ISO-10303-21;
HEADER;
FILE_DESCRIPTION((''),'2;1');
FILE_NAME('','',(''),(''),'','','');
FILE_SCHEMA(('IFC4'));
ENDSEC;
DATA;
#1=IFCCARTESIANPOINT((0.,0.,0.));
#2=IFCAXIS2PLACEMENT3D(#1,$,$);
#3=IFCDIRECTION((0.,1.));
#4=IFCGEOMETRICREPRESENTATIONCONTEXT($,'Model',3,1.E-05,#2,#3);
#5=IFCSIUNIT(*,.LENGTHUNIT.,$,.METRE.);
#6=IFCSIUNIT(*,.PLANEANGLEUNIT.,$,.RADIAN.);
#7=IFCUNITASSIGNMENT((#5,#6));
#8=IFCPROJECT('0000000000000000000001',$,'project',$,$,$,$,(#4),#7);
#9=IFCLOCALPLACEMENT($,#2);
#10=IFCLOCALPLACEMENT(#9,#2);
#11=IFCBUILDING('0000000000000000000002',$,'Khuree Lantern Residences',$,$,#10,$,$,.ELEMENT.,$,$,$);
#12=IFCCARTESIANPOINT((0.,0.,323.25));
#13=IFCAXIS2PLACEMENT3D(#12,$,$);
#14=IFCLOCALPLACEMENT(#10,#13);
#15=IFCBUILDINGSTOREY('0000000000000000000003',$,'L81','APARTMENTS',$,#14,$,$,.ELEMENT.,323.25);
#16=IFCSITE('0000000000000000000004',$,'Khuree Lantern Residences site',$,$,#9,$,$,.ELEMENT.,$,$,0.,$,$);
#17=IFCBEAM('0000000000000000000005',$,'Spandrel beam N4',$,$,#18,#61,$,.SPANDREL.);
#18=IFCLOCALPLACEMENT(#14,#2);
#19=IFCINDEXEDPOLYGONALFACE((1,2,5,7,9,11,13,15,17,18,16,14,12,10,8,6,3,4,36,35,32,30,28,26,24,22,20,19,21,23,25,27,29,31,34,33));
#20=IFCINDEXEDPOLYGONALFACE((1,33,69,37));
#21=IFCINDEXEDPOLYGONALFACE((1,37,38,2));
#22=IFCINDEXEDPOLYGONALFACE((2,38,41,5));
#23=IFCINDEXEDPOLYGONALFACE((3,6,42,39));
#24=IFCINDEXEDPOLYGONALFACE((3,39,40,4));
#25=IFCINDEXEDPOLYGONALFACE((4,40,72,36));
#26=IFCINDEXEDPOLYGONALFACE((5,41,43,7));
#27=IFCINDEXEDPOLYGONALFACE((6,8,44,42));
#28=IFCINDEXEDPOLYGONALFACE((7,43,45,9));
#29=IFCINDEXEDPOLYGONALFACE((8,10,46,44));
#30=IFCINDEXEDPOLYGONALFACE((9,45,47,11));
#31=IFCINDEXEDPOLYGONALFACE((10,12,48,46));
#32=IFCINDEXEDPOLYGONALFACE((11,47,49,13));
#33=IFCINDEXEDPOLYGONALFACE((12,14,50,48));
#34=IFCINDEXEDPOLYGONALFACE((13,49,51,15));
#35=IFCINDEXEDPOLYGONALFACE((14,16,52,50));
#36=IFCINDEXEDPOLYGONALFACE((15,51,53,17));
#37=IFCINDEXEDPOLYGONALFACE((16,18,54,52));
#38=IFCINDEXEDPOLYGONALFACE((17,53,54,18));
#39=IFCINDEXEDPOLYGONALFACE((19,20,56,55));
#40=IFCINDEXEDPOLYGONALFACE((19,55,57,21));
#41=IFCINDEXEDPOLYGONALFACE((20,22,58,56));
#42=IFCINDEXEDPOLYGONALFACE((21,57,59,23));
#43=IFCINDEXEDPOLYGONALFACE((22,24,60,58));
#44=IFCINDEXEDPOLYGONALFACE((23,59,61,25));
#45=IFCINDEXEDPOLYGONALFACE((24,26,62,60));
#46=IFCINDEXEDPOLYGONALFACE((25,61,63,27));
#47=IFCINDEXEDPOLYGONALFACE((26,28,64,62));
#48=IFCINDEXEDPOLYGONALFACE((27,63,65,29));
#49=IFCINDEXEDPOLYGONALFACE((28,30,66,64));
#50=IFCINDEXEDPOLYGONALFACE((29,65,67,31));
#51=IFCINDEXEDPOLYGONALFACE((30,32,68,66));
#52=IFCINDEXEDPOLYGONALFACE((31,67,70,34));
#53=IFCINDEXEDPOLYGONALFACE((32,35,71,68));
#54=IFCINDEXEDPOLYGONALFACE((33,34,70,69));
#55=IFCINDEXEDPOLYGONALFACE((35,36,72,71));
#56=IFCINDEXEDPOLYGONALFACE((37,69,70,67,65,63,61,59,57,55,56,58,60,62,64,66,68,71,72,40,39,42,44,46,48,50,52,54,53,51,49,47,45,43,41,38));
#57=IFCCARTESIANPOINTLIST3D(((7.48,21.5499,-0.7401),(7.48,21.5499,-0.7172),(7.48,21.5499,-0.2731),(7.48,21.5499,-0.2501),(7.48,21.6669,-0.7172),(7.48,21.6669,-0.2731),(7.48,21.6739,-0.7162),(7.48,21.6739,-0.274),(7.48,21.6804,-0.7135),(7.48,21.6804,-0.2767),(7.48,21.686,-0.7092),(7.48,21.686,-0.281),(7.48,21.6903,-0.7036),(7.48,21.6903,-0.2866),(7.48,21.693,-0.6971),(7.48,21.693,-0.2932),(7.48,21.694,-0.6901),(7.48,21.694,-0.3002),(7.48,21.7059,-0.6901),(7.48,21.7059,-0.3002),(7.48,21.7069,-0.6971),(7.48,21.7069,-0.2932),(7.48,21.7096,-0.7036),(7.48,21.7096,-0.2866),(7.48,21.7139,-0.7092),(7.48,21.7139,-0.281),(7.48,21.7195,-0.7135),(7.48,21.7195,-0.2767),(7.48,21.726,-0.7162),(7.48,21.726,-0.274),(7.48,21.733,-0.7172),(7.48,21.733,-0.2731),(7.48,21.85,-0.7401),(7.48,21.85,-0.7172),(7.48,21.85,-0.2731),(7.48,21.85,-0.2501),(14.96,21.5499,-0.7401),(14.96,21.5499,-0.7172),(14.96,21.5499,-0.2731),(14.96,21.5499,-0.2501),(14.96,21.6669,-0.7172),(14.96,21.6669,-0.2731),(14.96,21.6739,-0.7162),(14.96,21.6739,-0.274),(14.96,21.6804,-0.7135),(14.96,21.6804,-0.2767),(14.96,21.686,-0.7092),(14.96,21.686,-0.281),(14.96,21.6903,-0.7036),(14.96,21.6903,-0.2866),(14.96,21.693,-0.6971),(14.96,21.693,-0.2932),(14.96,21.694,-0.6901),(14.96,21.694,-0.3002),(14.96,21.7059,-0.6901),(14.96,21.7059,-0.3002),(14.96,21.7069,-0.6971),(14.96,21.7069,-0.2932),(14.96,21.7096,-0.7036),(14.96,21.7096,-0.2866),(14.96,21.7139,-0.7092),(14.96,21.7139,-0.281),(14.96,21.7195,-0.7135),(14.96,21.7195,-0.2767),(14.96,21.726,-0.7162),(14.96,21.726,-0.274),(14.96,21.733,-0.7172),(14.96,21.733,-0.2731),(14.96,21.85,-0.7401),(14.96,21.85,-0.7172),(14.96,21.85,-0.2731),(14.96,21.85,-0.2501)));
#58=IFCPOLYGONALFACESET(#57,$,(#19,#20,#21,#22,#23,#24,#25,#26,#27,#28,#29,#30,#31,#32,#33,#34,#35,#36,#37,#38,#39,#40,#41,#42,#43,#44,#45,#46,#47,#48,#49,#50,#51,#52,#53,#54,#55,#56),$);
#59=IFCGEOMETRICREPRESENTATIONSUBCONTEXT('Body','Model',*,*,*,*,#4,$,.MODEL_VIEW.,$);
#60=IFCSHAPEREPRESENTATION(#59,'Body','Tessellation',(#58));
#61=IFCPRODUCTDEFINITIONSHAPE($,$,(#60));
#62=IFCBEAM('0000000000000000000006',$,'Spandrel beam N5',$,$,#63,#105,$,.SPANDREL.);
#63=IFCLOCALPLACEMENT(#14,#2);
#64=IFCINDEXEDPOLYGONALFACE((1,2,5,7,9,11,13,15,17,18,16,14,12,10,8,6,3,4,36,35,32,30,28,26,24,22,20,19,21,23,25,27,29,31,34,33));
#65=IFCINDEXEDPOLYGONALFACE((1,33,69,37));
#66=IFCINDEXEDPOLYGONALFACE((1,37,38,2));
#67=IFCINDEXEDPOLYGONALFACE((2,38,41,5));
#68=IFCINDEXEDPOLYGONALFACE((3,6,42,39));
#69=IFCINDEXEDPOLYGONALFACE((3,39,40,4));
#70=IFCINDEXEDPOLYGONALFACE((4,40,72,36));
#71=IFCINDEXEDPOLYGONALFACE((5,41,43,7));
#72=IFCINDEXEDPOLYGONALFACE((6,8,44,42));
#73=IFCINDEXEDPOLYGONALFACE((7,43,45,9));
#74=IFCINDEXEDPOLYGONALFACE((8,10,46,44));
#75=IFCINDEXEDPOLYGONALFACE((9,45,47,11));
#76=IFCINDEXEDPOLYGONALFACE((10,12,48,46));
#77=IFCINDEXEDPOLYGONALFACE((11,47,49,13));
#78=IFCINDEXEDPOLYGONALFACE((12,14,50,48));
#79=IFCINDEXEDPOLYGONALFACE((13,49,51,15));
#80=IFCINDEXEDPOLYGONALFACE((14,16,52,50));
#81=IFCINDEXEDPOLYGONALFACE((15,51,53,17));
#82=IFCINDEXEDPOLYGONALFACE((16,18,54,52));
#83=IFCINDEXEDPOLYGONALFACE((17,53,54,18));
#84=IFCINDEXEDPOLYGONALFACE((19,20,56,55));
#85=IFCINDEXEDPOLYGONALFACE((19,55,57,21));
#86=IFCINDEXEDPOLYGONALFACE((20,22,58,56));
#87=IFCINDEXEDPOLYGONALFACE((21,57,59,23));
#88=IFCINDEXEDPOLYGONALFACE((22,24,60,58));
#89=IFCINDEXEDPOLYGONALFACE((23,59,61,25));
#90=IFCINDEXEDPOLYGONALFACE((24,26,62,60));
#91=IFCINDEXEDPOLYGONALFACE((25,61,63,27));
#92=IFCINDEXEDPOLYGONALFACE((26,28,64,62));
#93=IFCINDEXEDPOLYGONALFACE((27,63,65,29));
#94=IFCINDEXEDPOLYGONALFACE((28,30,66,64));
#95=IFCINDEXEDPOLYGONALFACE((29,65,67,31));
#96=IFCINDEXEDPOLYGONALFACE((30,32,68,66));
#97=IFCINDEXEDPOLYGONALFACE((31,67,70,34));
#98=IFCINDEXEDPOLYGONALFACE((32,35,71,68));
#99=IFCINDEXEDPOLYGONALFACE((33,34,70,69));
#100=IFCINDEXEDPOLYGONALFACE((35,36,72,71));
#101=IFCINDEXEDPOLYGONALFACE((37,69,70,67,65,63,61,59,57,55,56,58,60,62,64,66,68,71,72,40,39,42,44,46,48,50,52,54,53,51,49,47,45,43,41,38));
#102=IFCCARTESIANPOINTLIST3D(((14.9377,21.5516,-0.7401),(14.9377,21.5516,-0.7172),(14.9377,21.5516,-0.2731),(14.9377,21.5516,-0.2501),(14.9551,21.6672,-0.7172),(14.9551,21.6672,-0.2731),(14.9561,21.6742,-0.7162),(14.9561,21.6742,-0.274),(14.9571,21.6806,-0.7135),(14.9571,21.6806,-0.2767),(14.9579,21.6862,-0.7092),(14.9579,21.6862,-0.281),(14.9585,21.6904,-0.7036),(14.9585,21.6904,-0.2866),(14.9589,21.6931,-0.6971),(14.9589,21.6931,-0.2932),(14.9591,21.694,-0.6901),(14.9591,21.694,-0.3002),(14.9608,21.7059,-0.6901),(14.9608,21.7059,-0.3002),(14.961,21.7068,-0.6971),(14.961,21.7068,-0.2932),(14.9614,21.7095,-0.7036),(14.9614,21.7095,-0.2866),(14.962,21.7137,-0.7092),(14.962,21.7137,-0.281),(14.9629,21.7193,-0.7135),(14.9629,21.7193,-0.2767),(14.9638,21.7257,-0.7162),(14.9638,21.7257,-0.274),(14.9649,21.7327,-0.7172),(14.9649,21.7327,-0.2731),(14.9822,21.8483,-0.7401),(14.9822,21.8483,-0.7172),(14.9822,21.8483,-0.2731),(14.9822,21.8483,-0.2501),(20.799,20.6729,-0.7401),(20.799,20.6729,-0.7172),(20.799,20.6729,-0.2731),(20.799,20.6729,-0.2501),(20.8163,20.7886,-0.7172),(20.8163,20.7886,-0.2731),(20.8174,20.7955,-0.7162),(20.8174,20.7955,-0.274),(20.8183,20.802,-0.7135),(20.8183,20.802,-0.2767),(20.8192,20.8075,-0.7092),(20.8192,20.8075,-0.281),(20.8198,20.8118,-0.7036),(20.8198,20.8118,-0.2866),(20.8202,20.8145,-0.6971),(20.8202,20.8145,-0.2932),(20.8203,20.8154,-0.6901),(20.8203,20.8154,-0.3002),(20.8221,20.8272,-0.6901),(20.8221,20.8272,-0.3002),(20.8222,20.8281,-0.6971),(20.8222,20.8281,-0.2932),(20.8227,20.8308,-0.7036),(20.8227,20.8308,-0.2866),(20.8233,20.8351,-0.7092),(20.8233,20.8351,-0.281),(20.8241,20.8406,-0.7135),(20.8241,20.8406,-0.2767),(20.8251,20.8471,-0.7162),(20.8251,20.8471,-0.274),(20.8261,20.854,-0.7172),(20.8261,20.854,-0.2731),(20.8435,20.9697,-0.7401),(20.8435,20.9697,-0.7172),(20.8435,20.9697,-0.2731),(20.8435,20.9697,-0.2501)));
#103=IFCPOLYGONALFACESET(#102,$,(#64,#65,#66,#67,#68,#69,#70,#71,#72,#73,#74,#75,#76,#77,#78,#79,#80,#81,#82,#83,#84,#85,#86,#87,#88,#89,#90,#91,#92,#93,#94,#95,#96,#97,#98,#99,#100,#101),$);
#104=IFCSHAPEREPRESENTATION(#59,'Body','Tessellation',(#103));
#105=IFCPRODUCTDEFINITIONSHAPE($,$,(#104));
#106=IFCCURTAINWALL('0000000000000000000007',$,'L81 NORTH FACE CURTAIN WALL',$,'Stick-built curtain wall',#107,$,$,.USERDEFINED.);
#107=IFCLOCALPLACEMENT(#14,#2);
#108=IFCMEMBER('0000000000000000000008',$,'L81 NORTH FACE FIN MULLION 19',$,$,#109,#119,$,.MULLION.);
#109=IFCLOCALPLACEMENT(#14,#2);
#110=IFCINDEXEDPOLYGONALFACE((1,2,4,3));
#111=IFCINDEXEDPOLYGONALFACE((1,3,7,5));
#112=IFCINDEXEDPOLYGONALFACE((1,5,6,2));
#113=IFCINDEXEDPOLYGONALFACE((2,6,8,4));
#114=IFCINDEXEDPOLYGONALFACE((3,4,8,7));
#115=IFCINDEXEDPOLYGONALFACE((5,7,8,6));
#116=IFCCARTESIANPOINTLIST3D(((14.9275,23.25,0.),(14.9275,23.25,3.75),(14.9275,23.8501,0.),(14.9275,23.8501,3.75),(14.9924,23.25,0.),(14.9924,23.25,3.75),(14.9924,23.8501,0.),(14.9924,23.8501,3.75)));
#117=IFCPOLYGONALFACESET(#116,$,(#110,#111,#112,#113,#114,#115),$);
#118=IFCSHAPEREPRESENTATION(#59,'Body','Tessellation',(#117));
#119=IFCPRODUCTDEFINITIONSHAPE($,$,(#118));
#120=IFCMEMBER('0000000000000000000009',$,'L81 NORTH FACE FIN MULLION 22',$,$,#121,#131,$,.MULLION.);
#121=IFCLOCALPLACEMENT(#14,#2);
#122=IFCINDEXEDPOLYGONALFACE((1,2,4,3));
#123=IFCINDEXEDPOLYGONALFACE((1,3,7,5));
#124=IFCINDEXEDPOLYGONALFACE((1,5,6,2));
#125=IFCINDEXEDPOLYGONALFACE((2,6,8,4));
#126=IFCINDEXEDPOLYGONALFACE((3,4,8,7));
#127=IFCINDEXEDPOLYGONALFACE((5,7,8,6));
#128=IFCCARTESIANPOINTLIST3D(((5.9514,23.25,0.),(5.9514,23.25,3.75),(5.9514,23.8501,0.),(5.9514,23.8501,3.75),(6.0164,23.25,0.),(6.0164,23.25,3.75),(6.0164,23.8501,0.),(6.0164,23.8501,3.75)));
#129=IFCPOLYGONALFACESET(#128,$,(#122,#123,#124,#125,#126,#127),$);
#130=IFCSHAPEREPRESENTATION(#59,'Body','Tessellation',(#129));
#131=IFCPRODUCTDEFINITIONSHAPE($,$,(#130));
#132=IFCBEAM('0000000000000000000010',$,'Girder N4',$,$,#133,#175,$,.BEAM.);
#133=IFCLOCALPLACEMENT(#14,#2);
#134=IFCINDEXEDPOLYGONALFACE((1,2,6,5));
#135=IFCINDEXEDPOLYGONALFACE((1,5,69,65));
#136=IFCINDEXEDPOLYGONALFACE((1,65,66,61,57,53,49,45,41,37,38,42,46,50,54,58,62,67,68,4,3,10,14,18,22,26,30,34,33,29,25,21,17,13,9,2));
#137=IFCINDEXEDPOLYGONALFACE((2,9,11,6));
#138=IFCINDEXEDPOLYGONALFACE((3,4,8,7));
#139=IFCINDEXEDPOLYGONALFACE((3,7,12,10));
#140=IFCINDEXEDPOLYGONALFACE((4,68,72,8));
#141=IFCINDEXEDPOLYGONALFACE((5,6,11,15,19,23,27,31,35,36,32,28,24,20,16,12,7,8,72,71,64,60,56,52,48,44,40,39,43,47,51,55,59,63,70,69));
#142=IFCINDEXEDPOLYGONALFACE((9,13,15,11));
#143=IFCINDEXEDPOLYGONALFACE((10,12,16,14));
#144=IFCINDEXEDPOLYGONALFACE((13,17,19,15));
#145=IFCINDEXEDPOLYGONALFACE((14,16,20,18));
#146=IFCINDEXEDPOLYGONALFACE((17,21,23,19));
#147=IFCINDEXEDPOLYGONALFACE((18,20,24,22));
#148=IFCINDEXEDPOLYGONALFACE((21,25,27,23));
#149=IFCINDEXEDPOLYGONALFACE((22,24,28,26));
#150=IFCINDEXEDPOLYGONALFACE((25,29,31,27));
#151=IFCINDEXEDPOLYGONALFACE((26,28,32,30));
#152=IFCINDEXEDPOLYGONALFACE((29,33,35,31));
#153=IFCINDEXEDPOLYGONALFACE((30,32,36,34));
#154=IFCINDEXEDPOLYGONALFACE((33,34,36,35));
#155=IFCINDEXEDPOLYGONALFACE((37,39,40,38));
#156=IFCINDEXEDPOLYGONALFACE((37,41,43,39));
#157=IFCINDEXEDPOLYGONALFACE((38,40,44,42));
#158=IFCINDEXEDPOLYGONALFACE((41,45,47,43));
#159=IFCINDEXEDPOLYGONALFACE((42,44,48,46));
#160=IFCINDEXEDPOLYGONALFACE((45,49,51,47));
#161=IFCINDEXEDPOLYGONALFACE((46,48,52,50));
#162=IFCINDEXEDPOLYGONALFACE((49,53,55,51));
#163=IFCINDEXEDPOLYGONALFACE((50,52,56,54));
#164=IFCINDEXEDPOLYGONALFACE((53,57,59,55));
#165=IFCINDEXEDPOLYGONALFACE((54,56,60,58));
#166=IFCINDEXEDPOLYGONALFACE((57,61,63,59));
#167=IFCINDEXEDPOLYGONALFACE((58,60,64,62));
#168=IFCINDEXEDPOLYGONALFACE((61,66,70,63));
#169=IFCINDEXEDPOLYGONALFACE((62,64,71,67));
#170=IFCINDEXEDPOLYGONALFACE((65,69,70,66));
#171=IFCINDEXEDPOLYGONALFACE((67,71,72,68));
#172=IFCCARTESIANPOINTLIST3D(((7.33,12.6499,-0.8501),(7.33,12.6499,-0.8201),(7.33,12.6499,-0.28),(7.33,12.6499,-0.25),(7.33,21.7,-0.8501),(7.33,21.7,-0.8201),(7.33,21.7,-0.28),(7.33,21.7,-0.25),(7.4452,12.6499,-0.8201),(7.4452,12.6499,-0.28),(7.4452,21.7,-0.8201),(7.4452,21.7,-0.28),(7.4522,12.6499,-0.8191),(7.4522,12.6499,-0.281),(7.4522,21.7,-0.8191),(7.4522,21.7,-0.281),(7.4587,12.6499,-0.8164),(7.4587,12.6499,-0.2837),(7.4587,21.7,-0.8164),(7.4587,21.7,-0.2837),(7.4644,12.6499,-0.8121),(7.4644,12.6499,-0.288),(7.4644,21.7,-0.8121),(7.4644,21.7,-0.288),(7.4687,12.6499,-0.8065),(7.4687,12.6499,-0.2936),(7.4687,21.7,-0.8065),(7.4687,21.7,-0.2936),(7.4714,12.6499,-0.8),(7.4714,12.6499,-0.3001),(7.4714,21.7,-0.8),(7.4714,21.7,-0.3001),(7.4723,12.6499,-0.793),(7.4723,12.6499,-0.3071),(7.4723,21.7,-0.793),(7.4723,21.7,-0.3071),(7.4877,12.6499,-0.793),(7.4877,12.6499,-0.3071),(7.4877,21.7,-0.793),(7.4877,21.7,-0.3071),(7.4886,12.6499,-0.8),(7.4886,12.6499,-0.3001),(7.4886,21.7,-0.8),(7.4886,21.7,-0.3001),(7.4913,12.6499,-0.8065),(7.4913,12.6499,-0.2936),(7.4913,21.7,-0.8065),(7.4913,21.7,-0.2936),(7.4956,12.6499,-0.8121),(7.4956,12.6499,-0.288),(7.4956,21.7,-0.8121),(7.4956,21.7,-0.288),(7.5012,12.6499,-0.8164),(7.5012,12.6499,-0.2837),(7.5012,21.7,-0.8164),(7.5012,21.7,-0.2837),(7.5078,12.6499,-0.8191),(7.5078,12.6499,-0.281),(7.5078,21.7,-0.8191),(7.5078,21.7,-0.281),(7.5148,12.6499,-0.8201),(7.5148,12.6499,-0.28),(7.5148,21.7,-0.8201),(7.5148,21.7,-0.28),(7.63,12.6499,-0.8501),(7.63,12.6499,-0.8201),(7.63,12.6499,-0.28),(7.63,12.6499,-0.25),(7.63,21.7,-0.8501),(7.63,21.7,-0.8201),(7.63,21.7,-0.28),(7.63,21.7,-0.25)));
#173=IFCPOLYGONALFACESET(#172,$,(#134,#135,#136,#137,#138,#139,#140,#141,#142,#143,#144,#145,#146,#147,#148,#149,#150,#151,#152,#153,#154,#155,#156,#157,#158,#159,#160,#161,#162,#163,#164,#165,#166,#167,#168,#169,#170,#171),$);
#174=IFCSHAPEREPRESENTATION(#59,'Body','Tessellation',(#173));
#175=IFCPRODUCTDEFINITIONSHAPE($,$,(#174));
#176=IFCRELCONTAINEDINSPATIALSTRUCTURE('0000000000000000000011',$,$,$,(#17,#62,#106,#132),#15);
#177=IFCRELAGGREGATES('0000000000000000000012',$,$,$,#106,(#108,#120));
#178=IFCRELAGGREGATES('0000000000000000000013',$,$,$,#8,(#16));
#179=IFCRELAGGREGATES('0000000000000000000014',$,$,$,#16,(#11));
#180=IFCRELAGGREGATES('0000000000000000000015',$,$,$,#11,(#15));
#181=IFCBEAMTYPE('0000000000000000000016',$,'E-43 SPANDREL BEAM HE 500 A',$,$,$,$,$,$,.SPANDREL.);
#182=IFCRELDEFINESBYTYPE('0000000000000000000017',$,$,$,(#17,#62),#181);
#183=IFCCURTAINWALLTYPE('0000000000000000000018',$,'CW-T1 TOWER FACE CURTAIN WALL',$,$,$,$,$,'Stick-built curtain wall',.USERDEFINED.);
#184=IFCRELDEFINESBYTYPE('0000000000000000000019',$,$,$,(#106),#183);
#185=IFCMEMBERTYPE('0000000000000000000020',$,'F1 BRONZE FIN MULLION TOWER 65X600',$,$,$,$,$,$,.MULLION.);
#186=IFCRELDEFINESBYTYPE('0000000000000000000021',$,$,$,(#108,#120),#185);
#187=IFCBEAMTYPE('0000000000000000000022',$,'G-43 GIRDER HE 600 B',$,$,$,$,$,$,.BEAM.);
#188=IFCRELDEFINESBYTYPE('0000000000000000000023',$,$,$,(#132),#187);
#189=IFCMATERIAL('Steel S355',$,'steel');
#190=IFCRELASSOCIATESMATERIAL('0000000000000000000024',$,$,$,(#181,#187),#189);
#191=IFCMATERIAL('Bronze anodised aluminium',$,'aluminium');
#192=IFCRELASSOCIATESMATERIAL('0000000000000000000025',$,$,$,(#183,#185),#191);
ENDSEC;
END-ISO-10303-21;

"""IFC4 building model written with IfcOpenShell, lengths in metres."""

from ifc_helpers import new_model, si_unit, direction, frame, origin, origin_2d, place, context, subcontext, project, spatial, rectangle, i_section, extrude, material, material_profile, profile_set, type_object, element, aggregate, save


model = new_model("IFC4")

# Units and contexts
model_context = context("Model", 3, precision=1e-05, world=origin(), true_north=direction((0.0, 1.0)))
body_context = subcontext(model_context, "Body", "Model", "MODEL_VIEW")
ifc_project = project(units=[si_unit("LENGTHUNIT", "METRE"), si_unit("PLANEANGLEUNIT", "RADIAN")], contexts=[model_context])

# Site, building, storey
site_placement = place(None, origin())
site = spatial("IfcSite", under=ifc_project, at=site_placement, Name="Khuree Lantern Residences site", CompositionType="ELEMENT", RefElevation=0.0)
building_placement = place(site_placement, origin())
building = spatial("IfcBuilding", under=site, at=building_placement, Name="Khuree Lantern Residences", CompositionType="ELEMENT")
storey_placement = place(building_placement, frame((0.0, 0.0, 323.25)))
storey = spatial("IfcBuildingStorey", under=building, at=storey_placement, Name="L81", Description="APARTMENTS", CompositionType="ELEMENT", Elevation=323.25)

# Beams
ifc_material_1 = material(Name="Steel S355", Category="steel")
ifc_material_profile_1 = material_profile(ifc_material_1, i_section(OverallWidth=0.3, OverallDepth=0.49, WebThickness=0.012, FlangeThickness=0.0229, FilletRadius=0.0271, at=origin_2d()), Name="HE 500 A")
ifc_profile_set_1 = profile_set([ifc_material_profile_1], Name="Steel S355")
beam_type_1 = type_object("IfcBeamType", Name="E-43 SPANDREL BEAM HE 500 A", PredefinedType="SPANDREL", material=ifc_profile_set_1)
for number, where, z_axis, x_axis, name in (
    (1, (7.48, 21.7, -0.4951), (1.0, 0.0, 0.0), (0.0, 1.0, 0.0), "Spandrel beam N4"),
):
    element("IfcBeam", number, at=place(storey_placement, frame(where, z_axis=z_axis, x_axis=x_axis)), inside=storey, type_object=beam_type_1, Name=name, PredefinedType="SPANDREL", context=body_context, shape_type="SweptSolid", body=[
        extrude(i_section(OverallWidth=0.3, OverallDepth=0.49, WebThickness=0.012, FlangeThickness=0.0229, FilletRadius=0.0271, at=origin_2d()), origin(), (0.0, 0.0, 1.0), 7.48),
    ])
beam_placement = place(storey_placement, frame((14.96, 21.7, -0.4951), z_axis=(0.98895, -0.148252, 0.0), x_axis=(0.148252, 0.98895, 0.0)))
element("IfcBeam", 2, at=beam_placement, inside=storey, type_object=beam_type_1, Name="Spandrel beam N5", PredefinedType="SPANDREL", context=body_context, shape_type="SweptSolid", body=[
    extrude(i_section(OverallWidth=0.3, OverallDepth=0.49, WebThickness=0.012, FlangeThickness=0.0229, FilletRadius=0.0271, at=origin_2d()), origin(), (0.0, 0.0, 1.0), 5.9268),
])

# Curtain wall, members
ifc_material_2 = material(Name="Bronze anodised aluminium", Category="aluminium")
curtain_wall_type = type_object("IfcCurtainWallType", Name="CW-T1 TOWER FACE CURTAIN WALL", ElementType="Stick-built curtain wall", PredefinedType="USERDEFINED", material=ifc_material_2)
curtain_wall_placement = place(storey_placement, origin())
curtain_wall = element("IfcCurtainWall", 3, at=curtain_wall_placement, inside=storey, type_object=curtain_wall_type, Name="L81 NORTH FACE CURTAIN WALL", ObjectType="Stick-built curtain wall", PredefinedType="USERDEFINED")
ifc_material_profile_2 = material_profile(ifc_material_2, rectangle(XDim=0.0649, YDim=0.6001, at=origin_2d()), Name="F1 65X600")
ifc_profile_set_2 = profile_set([ifc_material_profile_2], Name="Bronze anodised aluminium")
member_type_1 = type_object("IfcMemberType", Name="F1 BRONZE FIN MULLION TOWER 65X600", PredefinedType="MULLION", material=ifc_profile_set_2)
member_1_placement = place(storey_placement, frame((14.96, 23.55, 0.0), z_axis=(0.0, 0.0, 1.0), x_axis=(-1.0, 0.0, 0.0)))
member_1 = element("IfcMember", 4, at=member_1_placement, type_object=member_type_1, Name="L81 NORTH FACE FIN MULLION 19", PredefinedType="MULLION", context=body_context, shape_type="SweptSolid", body=[
    extrude(rectangle(XDim=0.0649, YDim=0.6001, at=origin_2d()), origin(), (0.0, 0.0, 1.0), 3.75),
])
member_2_placement = place(storey_placement, frame((5.9839, 23.55, 0.0), z_axis=(0.0, 0.0, 1.0), x_axis=(-1.0, 0.0, 0.0)))
member_2 = element("IfcMember", 5, at=member_2_placement, type_object=member_type_1, Name="L81 NORTH FACE FIN MULLION 22", PredefinedType="MULLION", context=body_context, shape_type="SweptSolid", body=[
    extrude(rectangle(XDim=0.0649, YDim=0.6001, at=origin_2d()), origin(), (0.0, 0.0, 1.0), 3.75),
])

# Beam
ifc_material_profile_3 = material_profile(ifc_material_1, i_section(OverallWidth=0.3, OverallDepth=0.6001, WebThickness=0.0154, FlangeThickness=0.03, FilletRadius=0.0271, at=origin_2d()), Name="HE 600 B")
ifc_profile_set_3 = profile_set([ifc_material_profile_3], Name="Steel S355")
beam_type_2 = type_object("IfcBeamType", Name="G-43 GIRDER HE 600 B", PredefinedType="BEAM", material=ifc_profile_set_3)
for number, where, z_axis, x_axis, name in (
    (6, (7.48, 21.7, -0.55), (0.0, -1.0, 0.0), (1.0, 0.0, 0.0), "Girder N4"),
):
    element("IfcBeam", number, at=place(storey_placement, frame(where, z_axis=z_axis, x_axis=x_axis)), inside=storey, type_object=beam_type_2, Name=name, PredefinedType="BEAM", context=body_context, shape_type="SweptSolid", body=[
        extrude(i_section(OverallWidth=0.3, OverallDepth=0.6001, WebThickness=0.0154, FlangeThickness=0.03, FilletRadius=0.0271, at=origin_2d()), origin(), (0.0, 0.0, 1.0), 9.05),
    ])

aggregate(curtain_wall, [member_1, member_2])

save(model, "model.ifc")
